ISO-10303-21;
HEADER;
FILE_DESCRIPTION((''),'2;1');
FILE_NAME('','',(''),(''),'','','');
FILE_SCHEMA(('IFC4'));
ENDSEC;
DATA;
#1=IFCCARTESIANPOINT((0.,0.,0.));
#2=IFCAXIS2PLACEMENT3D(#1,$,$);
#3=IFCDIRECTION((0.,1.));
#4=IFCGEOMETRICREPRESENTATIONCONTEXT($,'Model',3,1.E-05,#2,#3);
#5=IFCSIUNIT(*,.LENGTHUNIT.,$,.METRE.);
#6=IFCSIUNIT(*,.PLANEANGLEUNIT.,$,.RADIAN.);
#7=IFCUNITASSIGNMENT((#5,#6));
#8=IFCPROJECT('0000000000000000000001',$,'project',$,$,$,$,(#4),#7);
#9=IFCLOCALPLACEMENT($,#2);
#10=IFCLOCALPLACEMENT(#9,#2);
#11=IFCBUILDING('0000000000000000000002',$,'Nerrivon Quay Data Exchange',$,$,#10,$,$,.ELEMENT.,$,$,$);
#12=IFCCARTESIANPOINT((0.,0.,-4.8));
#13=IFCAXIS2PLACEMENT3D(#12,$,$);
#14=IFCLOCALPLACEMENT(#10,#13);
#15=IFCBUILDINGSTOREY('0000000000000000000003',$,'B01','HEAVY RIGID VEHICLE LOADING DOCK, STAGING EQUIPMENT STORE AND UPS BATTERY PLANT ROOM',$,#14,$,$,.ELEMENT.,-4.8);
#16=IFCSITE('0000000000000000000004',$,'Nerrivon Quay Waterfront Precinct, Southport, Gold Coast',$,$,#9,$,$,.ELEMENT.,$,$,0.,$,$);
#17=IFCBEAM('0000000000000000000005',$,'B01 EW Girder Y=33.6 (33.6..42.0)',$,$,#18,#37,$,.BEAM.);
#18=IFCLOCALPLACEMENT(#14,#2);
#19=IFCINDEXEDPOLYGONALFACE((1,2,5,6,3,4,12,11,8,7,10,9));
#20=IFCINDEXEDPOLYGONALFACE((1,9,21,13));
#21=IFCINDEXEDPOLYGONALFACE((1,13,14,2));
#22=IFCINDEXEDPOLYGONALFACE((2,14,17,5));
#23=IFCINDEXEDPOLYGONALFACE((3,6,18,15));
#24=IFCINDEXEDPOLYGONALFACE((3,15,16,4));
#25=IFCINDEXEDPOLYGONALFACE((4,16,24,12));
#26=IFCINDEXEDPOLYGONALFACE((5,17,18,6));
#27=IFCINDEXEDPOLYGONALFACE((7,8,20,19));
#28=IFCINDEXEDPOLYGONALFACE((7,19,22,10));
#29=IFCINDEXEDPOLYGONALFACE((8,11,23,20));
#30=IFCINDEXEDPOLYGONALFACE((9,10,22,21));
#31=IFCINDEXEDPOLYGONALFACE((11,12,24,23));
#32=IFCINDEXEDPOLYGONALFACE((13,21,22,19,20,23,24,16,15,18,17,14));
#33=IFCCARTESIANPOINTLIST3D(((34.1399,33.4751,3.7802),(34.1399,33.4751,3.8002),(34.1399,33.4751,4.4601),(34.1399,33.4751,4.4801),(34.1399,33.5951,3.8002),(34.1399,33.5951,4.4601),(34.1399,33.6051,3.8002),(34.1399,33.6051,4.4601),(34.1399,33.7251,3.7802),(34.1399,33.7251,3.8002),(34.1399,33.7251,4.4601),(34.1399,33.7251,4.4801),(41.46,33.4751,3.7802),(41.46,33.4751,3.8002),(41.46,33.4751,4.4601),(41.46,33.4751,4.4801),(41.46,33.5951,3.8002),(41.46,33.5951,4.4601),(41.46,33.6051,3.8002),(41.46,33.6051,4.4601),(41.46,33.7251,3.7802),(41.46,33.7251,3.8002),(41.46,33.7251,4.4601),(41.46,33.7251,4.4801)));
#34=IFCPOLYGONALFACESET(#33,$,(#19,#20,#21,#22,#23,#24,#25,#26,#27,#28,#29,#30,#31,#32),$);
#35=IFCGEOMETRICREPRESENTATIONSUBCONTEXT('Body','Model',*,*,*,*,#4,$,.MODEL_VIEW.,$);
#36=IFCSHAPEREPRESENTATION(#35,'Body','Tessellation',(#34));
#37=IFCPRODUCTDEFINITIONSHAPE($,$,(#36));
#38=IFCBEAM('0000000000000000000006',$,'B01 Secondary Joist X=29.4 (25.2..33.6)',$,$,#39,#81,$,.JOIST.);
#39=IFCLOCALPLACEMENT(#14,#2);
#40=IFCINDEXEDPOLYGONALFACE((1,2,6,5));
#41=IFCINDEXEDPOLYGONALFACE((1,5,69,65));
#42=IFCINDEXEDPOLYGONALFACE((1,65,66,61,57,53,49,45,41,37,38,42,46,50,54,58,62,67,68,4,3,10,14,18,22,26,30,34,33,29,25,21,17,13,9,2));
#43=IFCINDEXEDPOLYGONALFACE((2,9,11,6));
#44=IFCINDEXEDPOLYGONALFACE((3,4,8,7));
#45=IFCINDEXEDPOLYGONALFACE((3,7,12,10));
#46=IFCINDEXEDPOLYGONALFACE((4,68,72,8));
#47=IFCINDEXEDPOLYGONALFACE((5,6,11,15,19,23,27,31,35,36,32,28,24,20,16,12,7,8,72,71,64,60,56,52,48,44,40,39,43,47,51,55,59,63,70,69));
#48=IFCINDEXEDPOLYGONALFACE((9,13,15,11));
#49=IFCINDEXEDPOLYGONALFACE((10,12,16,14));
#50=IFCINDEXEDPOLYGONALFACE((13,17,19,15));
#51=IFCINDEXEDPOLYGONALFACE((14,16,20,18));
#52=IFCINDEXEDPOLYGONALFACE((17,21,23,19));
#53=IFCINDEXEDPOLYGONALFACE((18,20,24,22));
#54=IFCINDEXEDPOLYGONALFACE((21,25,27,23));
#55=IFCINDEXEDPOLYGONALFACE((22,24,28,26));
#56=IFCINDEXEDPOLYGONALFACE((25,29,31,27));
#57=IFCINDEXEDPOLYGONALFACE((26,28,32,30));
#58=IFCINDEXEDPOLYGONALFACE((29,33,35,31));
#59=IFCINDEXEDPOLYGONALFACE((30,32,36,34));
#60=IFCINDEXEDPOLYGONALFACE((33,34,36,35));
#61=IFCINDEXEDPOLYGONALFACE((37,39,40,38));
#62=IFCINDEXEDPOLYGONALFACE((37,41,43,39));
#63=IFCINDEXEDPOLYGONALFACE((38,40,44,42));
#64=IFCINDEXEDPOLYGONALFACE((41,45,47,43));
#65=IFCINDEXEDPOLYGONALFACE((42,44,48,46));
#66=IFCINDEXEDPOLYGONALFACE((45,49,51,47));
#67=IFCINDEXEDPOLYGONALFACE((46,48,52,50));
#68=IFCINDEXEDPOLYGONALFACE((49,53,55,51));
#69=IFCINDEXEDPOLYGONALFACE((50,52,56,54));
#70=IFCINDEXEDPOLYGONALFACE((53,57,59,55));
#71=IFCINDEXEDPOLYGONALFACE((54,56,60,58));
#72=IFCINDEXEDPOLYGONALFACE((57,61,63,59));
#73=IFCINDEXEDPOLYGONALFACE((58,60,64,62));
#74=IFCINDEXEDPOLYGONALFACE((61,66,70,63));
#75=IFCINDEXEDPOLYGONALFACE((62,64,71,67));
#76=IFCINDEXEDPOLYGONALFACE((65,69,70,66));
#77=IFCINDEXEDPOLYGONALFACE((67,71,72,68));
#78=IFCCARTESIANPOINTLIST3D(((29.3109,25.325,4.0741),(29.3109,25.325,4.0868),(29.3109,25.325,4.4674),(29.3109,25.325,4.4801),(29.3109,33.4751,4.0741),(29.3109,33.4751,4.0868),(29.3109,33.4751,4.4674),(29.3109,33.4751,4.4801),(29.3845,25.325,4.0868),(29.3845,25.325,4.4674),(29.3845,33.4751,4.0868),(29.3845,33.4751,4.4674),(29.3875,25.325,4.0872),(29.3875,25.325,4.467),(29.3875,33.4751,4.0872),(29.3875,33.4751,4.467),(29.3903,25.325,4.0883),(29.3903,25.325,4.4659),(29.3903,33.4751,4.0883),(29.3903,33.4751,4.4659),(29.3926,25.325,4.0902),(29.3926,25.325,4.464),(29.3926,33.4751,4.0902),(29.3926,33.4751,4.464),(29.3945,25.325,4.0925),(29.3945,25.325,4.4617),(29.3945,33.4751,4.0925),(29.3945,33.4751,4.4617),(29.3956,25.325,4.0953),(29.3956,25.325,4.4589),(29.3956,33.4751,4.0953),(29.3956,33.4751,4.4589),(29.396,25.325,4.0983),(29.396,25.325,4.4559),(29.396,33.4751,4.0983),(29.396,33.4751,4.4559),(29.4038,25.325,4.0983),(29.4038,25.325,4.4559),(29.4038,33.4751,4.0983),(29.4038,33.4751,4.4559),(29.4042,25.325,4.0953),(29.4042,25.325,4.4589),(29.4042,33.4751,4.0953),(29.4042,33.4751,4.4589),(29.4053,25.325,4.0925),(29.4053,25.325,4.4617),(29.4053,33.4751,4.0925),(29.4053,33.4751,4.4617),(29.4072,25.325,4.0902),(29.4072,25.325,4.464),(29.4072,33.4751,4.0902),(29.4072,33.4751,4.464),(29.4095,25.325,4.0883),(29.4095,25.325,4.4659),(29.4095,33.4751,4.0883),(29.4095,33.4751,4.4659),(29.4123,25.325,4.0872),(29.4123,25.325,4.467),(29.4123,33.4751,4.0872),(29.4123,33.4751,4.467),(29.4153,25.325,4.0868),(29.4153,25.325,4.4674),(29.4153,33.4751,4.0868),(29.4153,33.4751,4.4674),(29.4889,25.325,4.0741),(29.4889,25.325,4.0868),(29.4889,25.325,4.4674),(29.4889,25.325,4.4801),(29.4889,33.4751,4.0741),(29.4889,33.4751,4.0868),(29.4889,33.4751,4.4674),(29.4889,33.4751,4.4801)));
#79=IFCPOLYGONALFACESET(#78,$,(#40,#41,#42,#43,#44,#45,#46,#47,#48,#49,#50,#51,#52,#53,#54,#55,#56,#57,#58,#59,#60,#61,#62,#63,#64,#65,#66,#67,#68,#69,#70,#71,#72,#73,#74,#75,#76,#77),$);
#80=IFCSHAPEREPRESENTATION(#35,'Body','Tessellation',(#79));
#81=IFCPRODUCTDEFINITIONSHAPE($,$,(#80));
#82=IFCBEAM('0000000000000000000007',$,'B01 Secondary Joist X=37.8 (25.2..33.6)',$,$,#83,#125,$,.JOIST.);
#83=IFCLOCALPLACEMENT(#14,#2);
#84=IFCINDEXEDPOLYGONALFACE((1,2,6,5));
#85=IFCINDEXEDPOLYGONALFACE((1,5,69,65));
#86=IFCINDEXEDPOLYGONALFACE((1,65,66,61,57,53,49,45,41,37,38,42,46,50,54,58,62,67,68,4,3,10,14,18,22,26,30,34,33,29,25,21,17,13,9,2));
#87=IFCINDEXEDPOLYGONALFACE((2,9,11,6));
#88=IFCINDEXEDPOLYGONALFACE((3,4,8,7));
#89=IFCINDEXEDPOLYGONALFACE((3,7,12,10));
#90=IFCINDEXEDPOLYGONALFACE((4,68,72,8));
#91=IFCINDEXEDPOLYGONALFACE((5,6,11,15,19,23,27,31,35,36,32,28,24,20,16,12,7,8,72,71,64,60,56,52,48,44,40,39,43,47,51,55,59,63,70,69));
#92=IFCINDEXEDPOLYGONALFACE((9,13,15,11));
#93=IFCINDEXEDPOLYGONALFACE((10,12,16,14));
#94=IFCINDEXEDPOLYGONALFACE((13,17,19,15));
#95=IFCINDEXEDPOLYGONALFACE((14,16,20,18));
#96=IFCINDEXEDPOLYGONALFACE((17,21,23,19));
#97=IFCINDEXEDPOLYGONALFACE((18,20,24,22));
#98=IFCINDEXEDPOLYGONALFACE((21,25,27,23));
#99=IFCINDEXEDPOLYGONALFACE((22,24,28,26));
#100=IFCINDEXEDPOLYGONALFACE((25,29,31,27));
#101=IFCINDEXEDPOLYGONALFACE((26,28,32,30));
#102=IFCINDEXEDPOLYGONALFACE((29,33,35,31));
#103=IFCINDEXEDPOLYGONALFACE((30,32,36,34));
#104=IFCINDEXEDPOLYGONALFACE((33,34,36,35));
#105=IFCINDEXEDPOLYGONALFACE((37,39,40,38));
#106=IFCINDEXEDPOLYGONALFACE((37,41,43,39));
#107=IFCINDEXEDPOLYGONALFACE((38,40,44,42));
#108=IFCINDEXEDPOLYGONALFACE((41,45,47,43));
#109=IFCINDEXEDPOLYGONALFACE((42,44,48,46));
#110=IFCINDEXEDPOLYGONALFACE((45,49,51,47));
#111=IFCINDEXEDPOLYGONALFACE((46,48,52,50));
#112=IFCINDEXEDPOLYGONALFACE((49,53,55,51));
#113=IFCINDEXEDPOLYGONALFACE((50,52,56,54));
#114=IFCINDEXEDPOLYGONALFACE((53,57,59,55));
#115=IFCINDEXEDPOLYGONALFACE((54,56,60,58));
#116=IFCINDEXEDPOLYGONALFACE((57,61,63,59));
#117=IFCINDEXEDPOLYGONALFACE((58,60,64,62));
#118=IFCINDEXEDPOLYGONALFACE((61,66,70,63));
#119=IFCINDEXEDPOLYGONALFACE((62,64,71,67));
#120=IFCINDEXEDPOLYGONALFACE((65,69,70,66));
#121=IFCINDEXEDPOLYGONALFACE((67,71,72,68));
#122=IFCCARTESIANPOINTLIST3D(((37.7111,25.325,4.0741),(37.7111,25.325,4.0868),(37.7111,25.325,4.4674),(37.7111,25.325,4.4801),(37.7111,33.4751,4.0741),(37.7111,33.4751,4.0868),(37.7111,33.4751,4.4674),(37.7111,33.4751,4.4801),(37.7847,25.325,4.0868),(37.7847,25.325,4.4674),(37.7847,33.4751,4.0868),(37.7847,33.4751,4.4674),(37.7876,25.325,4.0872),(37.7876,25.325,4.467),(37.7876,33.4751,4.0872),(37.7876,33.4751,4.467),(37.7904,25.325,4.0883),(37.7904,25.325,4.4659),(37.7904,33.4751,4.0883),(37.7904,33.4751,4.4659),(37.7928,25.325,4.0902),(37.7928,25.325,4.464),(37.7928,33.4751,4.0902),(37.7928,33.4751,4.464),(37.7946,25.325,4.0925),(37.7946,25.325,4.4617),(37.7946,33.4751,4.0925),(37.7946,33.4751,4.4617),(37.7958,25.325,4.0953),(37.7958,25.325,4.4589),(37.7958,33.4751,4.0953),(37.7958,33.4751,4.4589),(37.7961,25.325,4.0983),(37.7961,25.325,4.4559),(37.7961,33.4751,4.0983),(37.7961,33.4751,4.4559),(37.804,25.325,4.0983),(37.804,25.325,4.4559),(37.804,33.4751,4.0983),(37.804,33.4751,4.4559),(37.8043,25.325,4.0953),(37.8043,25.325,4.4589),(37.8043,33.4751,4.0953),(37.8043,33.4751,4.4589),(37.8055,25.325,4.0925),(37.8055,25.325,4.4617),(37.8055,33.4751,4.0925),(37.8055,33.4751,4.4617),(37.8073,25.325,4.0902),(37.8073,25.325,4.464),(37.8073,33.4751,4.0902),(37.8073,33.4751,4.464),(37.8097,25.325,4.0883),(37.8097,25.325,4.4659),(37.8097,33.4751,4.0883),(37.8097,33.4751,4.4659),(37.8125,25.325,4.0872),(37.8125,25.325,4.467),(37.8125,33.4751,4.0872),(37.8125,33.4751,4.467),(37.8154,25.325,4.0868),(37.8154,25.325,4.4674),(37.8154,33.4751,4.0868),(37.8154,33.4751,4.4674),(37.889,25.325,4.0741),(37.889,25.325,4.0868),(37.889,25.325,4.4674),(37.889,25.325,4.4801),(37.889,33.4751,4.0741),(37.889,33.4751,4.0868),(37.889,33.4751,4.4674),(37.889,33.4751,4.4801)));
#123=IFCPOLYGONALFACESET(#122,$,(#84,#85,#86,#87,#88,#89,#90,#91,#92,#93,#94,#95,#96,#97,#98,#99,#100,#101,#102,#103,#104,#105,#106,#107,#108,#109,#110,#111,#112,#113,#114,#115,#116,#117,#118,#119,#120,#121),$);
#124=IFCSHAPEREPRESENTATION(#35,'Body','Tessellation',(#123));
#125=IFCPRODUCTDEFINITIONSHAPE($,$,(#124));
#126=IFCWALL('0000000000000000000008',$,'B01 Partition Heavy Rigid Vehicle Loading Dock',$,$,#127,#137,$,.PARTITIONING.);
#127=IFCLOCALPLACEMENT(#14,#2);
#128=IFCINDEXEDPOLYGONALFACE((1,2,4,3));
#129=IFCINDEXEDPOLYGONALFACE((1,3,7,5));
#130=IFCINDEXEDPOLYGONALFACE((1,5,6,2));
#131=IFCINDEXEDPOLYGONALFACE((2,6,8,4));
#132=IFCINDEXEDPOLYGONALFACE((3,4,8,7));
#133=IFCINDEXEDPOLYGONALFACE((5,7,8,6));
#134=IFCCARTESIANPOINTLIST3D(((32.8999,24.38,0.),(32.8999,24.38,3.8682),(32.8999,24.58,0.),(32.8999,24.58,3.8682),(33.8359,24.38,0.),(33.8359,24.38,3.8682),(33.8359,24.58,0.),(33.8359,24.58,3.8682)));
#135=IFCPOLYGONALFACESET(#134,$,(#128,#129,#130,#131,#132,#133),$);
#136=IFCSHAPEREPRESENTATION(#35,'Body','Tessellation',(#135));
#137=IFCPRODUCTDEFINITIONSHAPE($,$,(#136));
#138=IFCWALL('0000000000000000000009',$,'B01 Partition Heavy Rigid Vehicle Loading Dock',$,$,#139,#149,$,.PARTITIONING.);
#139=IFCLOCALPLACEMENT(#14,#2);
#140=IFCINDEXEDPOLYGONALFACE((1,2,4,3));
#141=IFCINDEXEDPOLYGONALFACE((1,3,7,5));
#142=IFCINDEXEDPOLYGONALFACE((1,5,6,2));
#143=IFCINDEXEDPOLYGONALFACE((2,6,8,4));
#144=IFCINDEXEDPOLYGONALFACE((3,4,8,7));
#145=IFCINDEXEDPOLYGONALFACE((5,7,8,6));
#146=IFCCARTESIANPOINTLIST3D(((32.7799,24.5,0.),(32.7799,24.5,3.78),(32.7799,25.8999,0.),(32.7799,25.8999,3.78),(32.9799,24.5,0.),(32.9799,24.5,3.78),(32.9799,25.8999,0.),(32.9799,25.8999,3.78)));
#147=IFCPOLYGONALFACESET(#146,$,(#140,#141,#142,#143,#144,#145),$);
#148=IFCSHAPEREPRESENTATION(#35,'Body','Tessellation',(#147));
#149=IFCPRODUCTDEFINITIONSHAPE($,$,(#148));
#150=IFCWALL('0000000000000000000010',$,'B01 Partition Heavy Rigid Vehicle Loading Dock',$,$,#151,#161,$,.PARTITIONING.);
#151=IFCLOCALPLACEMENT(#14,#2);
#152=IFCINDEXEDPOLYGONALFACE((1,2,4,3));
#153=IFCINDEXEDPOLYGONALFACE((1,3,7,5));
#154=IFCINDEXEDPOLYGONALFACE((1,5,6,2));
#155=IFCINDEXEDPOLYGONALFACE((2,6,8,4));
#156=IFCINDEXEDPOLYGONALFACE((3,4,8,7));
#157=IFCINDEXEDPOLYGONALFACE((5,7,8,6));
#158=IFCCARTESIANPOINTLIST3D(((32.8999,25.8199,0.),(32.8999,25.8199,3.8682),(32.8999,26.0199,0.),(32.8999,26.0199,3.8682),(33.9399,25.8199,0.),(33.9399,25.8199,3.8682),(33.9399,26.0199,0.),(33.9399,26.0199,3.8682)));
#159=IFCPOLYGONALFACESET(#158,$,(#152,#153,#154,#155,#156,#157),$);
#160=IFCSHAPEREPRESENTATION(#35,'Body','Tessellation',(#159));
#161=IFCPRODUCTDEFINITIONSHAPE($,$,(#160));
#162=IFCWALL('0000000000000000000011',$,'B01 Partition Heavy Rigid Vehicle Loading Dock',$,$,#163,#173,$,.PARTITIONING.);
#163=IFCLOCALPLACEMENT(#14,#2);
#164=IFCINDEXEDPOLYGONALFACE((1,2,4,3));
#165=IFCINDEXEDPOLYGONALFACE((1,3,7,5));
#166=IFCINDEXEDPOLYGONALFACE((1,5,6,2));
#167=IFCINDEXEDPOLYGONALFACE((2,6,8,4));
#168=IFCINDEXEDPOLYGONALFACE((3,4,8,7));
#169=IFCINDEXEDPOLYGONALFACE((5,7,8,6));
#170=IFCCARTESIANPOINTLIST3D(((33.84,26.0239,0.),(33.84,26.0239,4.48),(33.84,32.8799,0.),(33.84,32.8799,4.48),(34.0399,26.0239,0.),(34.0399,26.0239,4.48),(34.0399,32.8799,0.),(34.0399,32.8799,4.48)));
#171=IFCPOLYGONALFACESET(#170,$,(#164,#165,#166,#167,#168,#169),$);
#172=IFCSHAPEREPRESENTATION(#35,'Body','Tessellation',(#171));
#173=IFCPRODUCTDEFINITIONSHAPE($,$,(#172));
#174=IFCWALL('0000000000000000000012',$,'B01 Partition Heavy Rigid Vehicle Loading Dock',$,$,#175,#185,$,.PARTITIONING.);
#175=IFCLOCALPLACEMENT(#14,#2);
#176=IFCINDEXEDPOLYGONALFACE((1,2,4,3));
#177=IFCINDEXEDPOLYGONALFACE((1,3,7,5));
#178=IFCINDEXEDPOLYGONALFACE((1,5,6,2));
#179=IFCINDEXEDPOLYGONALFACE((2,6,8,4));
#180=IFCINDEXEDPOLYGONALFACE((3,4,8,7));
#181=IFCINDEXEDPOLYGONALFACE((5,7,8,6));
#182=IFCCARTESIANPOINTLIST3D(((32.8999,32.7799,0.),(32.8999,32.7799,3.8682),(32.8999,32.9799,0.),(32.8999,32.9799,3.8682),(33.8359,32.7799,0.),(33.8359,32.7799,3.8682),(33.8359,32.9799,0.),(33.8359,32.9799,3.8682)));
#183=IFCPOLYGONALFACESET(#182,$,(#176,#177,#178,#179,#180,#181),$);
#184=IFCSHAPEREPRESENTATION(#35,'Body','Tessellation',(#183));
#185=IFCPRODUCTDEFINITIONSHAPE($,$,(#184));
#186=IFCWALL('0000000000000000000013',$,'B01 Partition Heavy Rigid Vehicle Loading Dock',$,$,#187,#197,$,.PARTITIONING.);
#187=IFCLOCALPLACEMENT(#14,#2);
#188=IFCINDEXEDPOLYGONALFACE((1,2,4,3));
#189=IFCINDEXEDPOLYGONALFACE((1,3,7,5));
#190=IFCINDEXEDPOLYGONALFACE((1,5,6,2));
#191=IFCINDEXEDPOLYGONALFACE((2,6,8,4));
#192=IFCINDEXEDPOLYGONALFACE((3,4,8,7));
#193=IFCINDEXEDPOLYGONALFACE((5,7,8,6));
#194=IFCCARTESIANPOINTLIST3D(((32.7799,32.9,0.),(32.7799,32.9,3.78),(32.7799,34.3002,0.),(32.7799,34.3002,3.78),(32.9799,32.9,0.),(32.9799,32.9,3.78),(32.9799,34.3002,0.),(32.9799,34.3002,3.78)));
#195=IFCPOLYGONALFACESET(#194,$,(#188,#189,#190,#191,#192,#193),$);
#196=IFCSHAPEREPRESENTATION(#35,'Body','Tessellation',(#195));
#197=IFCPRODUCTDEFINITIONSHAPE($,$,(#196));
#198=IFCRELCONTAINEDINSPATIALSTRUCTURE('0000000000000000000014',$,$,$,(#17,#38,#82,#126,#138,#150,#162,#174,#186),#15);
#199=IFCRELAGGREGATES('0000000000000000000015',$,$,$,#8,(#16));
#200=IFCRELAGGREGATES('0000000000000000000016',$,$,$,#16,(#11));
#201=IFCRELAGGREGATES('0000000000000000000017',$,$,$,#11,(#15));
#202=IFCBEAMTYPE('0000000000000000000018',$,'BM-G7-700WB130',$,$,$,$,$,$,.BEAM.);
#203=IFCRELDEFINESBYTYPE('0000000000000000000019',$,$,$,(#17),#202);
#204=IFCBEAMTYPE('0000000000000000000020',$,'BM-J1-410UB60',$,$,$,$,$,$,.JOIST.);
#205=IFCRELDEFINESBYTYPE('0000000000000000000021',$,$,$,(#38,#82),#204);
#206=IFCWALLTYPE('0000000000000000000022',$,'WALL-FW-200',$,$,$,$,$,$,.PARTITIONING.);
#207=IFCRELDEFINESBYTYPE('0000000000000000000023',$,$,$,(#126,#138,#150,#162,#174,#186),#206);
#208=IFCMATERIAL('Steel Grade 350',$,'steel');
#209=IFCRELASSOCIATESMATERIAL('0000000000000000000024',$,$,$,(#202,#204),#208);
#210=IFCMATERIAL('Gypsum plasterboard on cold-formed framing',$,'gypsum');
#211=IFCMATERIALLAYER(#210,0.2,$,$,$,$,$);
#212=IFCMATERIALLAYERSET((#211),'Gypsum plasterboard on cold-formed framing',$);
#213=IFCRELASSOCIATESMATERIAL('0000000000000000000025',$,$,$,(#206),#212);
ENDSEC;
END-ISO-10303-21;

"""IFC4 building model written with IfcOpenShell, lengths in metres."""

from ifc_helpers import new_model, si_unit, direction, frame, frame_2d, origin, origin_2d, place, context, subcontext, project, spatial, rectangle, i_section, extrude, material, layer, layer_set, material_profile, profile_set, type_object, element, save


model = new_model("IFC4")

# Units and contexts
model_context = context("Model", 3, precision=1e-05, world=origin(), true_north=direction((0.0, 1.0)))
body_context = subcontext(model_context, "Body", "Model", "MODEL_VIEW")
ifc_project = project(units=[si_unit("LENGTHUNIT", "METRE"), si_unit("PLANEANGLEUNIT", "RADIAN")], contexts=[model_context])

# Site, building, storey
site_placement = place(None, origin())
site = spatial("IfcSite", under=ifc_project, at=site_placement, Name="Nerrivon Quay Waterfront Precinct, Southport, Gold Coast", CompositionType="ELEMENT", RefElevation=0.0)
building_placement = place(site_placement, origin())
building = spatial("IfcBuilding", under=site, at=building_placement, Name="Nerrivon Quay Data Exchange", CompositionType="ELEMENT")
storey_placement = place(building_placement, frame((0.0, 0.0, -4.8)))
storey = spatial("IfcBuildingStorey", under=building, at=storey_placement, Name="B01", Description="HEAVY RIGID VEHICLE LOADING DOCK, STAGING EQUIPMENT STORE AND UPS BATTERY PLANT ROOM", CompositionType="ELEMENT", Elevation=-4.8)

# Beams
ifc_material_1 = material(Name="Steel Grade 350", Category="steel")
ifc_material_profile_1 = material_profile(ifc_material_1, i_section(OverallWidth=0.25, OverallDepth=0.7, WebThickness=0.01, FlangeThickness=0.02, at=origin_2d()), Name="700WB130")
ifc_profile_set_1 = profile_set([ifc_material_profile_1], Name="Steel Grade 350")
beam_type_1 = type_object("IfcBeamType", Name="BM-G7-700WB130", PredefinedType="BEAM", material=ifc_profile_set_1)
for number, where, z_axis, x_axis, name in (
    (1, (34.1399, 33.6001, 4.1301), (1.0, 0.0, 0.0), (0.0, 1.0, 0.0), "B01 EW Girder Y=33.6 (33.6..42.0)"),
):
    element("IfcBeam", number, at=place(storey_placement, frame(where, z_axis=z_axis, x_axis=x_axis)), inside=storey, type_object=beam_type_1, Name=name, PredefinedType="BEAM", context=body_context, shape_type="SweptSolid", body=[
        extrude(i_section(OverallWidth=0.25, OverallDepth=0.7, WebThickness=0.01, FlangeThickness=0.02, at=origin_2d()), origin(), (0.0, 0.0, 1.0), 7.3201),
    ])
ifc_material_profile_2 = material_profile(ifc_material_1, i_section(OverallWidth=0.178, OverallDepth=0.406, WebThickness=0.0078, FlangeThickness=0.0127, FilletRadius=0.0115, at=origin_2d()), Name="410UB59.7")
ifc_profile_set_2 = profile_set([ifc_material_profile_2], Name="Steel Grade 350")
beam_type_2 = type_object("IfcBeamType", Name="BM-J1-410UB60", PredefinedType="JOIST", material=ifc_profile_set_2)
for number, where, z_axis, x_axis, name in (
    (2, (29.3999, 25.325, 4.2771), (0.0, 1.0, 0.0), (-1.0, 0.0, 0.0), "B01 Secondary Joist X=29.4 (25.2..33.6)"),
    (3, (37.8, 25.325, 4.2771), (0.0, 1.0, 0.0), (-1.0, 0.0, 0.0), "B01 Secondary Joist X=37.8 (25.2..33.6)"),
):
    element("IfcBeam", number, at=place(storey_placement, frame(where, z_axis=z_axis, x_axis=x_axis)), inside=storey, type_object=beam_type_2, Name=name, PredefinedType="JOIST", context=body_context, shape_type="SweptSolid", body=[
        extrude(i_section(OverallWidth=0.178, OverallDepth=0.406, WebThickness=0.0078, FlangeThickness=0.0127, FilletRadius=0.0115, at=origin_2d()), origin(), (0.0, 0.0, 1.0), 8.1501),
    ])

# Walls
ifc_material_2 = material(Name="Gypsum plasterboard on cold-formed framing", Category="gypsum")
ifc_layer_1 = layer(ifc_material_2, 0.2)
ifc_layer_set_1 = layer_set([ifc_layer_1], Name="Gypsum plasterboard on cold-formed framing")
wall_type_1 = type_object("IfcWallType", Name="WALL-FW-200", PredefinedType="PARTITIONING", material=ifc_layer_set_1)
wall_1_placement = place(storey_placement, frame((33.8359, 24.48, 0.0), z_axis=(0.0, 0.0, 1.0), x_axis=(-1.0, 0.0, 0.0)))
element("IfcWall", 4, at=wall_1_placement, inside=storey, type_object=wall_type_1, Name="B01 Partition Heavy Rigid Vehicle Loading Dock", PredefinedType="PARTITIONING", context=body_context, shape_type="SweptSolid", body=[
    extrude(rectangle(XDim=0.936, YDim=0.2, at=frame_2d((0.468, 0.0))), origin(), (0.0, 0.0, 1.0), 3.8682),
])
wall_2_placement = place(storey_placement, frame((32.8799, 24.5, 0.0), z_axis=(0.0, 0.0, 1.0), x_axis=(0.0, 1.0, 0.0)))
element("IfcWall", 5, at=wall_2_placement, inside=storey, type_object=wall_type_1, Name="B01 Partition Heavy Rigid Vehicle Loading Dock", PredefinedType="PARTITIONING", context=body_context, shape_type="SweptSolid", body=[
    extrude(rectangle(XDim=1.3999, YDim=0.2, at=frame_2d((0.7, 0.0))), origin(), (0.0, 0.0, 1.0), 3.78),
])
wall_3_placement = place(storey_placement, frame((32.8999, 25.9199, 0.0), z_axis=(0.0, 0.0, 1.0), x_axis=(1.0, 0.0, 0.0)))
element("IfcWall", 6, at=wall_3_placement, inside=storey, type_object=wall_type_1, Name="B01 Partition Heavy Rigid Vehicle Loading Dock", PredefinedType="PARTITIONING", context=body_context, shape_type="SweptSolid", body=[
    extrude(rectangle(XDim=1.04, YDim=0.2, at=frame_2d((0.52, 0.0))), origin(), (0.0, 0.0, 1.0), 3.8682),
])
wall_4_placement = place(storey_placement, frame((33.9399, 26.0239, 0.0), z_axis=(0.0, 0.0, 1.0), x_axis=(0.0, 1.0, 0.0)))
element("IfcWall", 7, at=wall_4_placement, inside=storey, type_object=wall_type_1, Name="B01 Partition Heavy Rigid Vehicle Loading Dock", PredefinedType="PARTITIONING", context=body_context, shape_type="SweptSolid", body=[
    extrude(rectangle(XDim=6.856, YDim=0.2, at=frame_2d((3.428, 0.0))), origin(), (0.0, 0.0, 1.0), 4.48),
])
wall_5_placement = place(storey_placement, frame((33.8359, 32.8799, 0.0), z_axis=(0.0, 0.0, 1.0), x_axis=(-1.0, 0.0, 0.0)))
element("IfcWall", 8, at=wall_5_placement, inside=storey, type_object=wall_type_1, Name="B01 Partition Heavy Rigid Vehicle Loading Dock", PredefinedType="PARTITIONING", context=body_context, shape_type="SweptSolid", body=[
    extrude(rectangle(XDim=0.936, YDim=0.2, at=frame_2d((0.468, 0.0))), origin(), (0.0, 0.0, 1.0), 3.8682),
])
wall_6_placement = place(storey_placement, frame((32.8799, 32.8999, 0.0), z_axis=(0.0, 0.0, 1.0), x_axis=(0.0, 1.0, 0.0)))
element("IfcWall", 9, at=wall_6_placement, inside=storey, type_object=wall_type_1, Name="B01 Partition Heavy Rigid Vehicle Loading Dock", PredefinedType="PARTITIONING", context=body_context, shape_type="SweptSolid", body=[
    extrude(rectangle(XDim=1.4001, YDim=0.2, at=frame_2d((0.7002, 0.0))), origin(), (0.0, 0.0, 1.0), 3.78),
])

save(model, "model.ifc")
